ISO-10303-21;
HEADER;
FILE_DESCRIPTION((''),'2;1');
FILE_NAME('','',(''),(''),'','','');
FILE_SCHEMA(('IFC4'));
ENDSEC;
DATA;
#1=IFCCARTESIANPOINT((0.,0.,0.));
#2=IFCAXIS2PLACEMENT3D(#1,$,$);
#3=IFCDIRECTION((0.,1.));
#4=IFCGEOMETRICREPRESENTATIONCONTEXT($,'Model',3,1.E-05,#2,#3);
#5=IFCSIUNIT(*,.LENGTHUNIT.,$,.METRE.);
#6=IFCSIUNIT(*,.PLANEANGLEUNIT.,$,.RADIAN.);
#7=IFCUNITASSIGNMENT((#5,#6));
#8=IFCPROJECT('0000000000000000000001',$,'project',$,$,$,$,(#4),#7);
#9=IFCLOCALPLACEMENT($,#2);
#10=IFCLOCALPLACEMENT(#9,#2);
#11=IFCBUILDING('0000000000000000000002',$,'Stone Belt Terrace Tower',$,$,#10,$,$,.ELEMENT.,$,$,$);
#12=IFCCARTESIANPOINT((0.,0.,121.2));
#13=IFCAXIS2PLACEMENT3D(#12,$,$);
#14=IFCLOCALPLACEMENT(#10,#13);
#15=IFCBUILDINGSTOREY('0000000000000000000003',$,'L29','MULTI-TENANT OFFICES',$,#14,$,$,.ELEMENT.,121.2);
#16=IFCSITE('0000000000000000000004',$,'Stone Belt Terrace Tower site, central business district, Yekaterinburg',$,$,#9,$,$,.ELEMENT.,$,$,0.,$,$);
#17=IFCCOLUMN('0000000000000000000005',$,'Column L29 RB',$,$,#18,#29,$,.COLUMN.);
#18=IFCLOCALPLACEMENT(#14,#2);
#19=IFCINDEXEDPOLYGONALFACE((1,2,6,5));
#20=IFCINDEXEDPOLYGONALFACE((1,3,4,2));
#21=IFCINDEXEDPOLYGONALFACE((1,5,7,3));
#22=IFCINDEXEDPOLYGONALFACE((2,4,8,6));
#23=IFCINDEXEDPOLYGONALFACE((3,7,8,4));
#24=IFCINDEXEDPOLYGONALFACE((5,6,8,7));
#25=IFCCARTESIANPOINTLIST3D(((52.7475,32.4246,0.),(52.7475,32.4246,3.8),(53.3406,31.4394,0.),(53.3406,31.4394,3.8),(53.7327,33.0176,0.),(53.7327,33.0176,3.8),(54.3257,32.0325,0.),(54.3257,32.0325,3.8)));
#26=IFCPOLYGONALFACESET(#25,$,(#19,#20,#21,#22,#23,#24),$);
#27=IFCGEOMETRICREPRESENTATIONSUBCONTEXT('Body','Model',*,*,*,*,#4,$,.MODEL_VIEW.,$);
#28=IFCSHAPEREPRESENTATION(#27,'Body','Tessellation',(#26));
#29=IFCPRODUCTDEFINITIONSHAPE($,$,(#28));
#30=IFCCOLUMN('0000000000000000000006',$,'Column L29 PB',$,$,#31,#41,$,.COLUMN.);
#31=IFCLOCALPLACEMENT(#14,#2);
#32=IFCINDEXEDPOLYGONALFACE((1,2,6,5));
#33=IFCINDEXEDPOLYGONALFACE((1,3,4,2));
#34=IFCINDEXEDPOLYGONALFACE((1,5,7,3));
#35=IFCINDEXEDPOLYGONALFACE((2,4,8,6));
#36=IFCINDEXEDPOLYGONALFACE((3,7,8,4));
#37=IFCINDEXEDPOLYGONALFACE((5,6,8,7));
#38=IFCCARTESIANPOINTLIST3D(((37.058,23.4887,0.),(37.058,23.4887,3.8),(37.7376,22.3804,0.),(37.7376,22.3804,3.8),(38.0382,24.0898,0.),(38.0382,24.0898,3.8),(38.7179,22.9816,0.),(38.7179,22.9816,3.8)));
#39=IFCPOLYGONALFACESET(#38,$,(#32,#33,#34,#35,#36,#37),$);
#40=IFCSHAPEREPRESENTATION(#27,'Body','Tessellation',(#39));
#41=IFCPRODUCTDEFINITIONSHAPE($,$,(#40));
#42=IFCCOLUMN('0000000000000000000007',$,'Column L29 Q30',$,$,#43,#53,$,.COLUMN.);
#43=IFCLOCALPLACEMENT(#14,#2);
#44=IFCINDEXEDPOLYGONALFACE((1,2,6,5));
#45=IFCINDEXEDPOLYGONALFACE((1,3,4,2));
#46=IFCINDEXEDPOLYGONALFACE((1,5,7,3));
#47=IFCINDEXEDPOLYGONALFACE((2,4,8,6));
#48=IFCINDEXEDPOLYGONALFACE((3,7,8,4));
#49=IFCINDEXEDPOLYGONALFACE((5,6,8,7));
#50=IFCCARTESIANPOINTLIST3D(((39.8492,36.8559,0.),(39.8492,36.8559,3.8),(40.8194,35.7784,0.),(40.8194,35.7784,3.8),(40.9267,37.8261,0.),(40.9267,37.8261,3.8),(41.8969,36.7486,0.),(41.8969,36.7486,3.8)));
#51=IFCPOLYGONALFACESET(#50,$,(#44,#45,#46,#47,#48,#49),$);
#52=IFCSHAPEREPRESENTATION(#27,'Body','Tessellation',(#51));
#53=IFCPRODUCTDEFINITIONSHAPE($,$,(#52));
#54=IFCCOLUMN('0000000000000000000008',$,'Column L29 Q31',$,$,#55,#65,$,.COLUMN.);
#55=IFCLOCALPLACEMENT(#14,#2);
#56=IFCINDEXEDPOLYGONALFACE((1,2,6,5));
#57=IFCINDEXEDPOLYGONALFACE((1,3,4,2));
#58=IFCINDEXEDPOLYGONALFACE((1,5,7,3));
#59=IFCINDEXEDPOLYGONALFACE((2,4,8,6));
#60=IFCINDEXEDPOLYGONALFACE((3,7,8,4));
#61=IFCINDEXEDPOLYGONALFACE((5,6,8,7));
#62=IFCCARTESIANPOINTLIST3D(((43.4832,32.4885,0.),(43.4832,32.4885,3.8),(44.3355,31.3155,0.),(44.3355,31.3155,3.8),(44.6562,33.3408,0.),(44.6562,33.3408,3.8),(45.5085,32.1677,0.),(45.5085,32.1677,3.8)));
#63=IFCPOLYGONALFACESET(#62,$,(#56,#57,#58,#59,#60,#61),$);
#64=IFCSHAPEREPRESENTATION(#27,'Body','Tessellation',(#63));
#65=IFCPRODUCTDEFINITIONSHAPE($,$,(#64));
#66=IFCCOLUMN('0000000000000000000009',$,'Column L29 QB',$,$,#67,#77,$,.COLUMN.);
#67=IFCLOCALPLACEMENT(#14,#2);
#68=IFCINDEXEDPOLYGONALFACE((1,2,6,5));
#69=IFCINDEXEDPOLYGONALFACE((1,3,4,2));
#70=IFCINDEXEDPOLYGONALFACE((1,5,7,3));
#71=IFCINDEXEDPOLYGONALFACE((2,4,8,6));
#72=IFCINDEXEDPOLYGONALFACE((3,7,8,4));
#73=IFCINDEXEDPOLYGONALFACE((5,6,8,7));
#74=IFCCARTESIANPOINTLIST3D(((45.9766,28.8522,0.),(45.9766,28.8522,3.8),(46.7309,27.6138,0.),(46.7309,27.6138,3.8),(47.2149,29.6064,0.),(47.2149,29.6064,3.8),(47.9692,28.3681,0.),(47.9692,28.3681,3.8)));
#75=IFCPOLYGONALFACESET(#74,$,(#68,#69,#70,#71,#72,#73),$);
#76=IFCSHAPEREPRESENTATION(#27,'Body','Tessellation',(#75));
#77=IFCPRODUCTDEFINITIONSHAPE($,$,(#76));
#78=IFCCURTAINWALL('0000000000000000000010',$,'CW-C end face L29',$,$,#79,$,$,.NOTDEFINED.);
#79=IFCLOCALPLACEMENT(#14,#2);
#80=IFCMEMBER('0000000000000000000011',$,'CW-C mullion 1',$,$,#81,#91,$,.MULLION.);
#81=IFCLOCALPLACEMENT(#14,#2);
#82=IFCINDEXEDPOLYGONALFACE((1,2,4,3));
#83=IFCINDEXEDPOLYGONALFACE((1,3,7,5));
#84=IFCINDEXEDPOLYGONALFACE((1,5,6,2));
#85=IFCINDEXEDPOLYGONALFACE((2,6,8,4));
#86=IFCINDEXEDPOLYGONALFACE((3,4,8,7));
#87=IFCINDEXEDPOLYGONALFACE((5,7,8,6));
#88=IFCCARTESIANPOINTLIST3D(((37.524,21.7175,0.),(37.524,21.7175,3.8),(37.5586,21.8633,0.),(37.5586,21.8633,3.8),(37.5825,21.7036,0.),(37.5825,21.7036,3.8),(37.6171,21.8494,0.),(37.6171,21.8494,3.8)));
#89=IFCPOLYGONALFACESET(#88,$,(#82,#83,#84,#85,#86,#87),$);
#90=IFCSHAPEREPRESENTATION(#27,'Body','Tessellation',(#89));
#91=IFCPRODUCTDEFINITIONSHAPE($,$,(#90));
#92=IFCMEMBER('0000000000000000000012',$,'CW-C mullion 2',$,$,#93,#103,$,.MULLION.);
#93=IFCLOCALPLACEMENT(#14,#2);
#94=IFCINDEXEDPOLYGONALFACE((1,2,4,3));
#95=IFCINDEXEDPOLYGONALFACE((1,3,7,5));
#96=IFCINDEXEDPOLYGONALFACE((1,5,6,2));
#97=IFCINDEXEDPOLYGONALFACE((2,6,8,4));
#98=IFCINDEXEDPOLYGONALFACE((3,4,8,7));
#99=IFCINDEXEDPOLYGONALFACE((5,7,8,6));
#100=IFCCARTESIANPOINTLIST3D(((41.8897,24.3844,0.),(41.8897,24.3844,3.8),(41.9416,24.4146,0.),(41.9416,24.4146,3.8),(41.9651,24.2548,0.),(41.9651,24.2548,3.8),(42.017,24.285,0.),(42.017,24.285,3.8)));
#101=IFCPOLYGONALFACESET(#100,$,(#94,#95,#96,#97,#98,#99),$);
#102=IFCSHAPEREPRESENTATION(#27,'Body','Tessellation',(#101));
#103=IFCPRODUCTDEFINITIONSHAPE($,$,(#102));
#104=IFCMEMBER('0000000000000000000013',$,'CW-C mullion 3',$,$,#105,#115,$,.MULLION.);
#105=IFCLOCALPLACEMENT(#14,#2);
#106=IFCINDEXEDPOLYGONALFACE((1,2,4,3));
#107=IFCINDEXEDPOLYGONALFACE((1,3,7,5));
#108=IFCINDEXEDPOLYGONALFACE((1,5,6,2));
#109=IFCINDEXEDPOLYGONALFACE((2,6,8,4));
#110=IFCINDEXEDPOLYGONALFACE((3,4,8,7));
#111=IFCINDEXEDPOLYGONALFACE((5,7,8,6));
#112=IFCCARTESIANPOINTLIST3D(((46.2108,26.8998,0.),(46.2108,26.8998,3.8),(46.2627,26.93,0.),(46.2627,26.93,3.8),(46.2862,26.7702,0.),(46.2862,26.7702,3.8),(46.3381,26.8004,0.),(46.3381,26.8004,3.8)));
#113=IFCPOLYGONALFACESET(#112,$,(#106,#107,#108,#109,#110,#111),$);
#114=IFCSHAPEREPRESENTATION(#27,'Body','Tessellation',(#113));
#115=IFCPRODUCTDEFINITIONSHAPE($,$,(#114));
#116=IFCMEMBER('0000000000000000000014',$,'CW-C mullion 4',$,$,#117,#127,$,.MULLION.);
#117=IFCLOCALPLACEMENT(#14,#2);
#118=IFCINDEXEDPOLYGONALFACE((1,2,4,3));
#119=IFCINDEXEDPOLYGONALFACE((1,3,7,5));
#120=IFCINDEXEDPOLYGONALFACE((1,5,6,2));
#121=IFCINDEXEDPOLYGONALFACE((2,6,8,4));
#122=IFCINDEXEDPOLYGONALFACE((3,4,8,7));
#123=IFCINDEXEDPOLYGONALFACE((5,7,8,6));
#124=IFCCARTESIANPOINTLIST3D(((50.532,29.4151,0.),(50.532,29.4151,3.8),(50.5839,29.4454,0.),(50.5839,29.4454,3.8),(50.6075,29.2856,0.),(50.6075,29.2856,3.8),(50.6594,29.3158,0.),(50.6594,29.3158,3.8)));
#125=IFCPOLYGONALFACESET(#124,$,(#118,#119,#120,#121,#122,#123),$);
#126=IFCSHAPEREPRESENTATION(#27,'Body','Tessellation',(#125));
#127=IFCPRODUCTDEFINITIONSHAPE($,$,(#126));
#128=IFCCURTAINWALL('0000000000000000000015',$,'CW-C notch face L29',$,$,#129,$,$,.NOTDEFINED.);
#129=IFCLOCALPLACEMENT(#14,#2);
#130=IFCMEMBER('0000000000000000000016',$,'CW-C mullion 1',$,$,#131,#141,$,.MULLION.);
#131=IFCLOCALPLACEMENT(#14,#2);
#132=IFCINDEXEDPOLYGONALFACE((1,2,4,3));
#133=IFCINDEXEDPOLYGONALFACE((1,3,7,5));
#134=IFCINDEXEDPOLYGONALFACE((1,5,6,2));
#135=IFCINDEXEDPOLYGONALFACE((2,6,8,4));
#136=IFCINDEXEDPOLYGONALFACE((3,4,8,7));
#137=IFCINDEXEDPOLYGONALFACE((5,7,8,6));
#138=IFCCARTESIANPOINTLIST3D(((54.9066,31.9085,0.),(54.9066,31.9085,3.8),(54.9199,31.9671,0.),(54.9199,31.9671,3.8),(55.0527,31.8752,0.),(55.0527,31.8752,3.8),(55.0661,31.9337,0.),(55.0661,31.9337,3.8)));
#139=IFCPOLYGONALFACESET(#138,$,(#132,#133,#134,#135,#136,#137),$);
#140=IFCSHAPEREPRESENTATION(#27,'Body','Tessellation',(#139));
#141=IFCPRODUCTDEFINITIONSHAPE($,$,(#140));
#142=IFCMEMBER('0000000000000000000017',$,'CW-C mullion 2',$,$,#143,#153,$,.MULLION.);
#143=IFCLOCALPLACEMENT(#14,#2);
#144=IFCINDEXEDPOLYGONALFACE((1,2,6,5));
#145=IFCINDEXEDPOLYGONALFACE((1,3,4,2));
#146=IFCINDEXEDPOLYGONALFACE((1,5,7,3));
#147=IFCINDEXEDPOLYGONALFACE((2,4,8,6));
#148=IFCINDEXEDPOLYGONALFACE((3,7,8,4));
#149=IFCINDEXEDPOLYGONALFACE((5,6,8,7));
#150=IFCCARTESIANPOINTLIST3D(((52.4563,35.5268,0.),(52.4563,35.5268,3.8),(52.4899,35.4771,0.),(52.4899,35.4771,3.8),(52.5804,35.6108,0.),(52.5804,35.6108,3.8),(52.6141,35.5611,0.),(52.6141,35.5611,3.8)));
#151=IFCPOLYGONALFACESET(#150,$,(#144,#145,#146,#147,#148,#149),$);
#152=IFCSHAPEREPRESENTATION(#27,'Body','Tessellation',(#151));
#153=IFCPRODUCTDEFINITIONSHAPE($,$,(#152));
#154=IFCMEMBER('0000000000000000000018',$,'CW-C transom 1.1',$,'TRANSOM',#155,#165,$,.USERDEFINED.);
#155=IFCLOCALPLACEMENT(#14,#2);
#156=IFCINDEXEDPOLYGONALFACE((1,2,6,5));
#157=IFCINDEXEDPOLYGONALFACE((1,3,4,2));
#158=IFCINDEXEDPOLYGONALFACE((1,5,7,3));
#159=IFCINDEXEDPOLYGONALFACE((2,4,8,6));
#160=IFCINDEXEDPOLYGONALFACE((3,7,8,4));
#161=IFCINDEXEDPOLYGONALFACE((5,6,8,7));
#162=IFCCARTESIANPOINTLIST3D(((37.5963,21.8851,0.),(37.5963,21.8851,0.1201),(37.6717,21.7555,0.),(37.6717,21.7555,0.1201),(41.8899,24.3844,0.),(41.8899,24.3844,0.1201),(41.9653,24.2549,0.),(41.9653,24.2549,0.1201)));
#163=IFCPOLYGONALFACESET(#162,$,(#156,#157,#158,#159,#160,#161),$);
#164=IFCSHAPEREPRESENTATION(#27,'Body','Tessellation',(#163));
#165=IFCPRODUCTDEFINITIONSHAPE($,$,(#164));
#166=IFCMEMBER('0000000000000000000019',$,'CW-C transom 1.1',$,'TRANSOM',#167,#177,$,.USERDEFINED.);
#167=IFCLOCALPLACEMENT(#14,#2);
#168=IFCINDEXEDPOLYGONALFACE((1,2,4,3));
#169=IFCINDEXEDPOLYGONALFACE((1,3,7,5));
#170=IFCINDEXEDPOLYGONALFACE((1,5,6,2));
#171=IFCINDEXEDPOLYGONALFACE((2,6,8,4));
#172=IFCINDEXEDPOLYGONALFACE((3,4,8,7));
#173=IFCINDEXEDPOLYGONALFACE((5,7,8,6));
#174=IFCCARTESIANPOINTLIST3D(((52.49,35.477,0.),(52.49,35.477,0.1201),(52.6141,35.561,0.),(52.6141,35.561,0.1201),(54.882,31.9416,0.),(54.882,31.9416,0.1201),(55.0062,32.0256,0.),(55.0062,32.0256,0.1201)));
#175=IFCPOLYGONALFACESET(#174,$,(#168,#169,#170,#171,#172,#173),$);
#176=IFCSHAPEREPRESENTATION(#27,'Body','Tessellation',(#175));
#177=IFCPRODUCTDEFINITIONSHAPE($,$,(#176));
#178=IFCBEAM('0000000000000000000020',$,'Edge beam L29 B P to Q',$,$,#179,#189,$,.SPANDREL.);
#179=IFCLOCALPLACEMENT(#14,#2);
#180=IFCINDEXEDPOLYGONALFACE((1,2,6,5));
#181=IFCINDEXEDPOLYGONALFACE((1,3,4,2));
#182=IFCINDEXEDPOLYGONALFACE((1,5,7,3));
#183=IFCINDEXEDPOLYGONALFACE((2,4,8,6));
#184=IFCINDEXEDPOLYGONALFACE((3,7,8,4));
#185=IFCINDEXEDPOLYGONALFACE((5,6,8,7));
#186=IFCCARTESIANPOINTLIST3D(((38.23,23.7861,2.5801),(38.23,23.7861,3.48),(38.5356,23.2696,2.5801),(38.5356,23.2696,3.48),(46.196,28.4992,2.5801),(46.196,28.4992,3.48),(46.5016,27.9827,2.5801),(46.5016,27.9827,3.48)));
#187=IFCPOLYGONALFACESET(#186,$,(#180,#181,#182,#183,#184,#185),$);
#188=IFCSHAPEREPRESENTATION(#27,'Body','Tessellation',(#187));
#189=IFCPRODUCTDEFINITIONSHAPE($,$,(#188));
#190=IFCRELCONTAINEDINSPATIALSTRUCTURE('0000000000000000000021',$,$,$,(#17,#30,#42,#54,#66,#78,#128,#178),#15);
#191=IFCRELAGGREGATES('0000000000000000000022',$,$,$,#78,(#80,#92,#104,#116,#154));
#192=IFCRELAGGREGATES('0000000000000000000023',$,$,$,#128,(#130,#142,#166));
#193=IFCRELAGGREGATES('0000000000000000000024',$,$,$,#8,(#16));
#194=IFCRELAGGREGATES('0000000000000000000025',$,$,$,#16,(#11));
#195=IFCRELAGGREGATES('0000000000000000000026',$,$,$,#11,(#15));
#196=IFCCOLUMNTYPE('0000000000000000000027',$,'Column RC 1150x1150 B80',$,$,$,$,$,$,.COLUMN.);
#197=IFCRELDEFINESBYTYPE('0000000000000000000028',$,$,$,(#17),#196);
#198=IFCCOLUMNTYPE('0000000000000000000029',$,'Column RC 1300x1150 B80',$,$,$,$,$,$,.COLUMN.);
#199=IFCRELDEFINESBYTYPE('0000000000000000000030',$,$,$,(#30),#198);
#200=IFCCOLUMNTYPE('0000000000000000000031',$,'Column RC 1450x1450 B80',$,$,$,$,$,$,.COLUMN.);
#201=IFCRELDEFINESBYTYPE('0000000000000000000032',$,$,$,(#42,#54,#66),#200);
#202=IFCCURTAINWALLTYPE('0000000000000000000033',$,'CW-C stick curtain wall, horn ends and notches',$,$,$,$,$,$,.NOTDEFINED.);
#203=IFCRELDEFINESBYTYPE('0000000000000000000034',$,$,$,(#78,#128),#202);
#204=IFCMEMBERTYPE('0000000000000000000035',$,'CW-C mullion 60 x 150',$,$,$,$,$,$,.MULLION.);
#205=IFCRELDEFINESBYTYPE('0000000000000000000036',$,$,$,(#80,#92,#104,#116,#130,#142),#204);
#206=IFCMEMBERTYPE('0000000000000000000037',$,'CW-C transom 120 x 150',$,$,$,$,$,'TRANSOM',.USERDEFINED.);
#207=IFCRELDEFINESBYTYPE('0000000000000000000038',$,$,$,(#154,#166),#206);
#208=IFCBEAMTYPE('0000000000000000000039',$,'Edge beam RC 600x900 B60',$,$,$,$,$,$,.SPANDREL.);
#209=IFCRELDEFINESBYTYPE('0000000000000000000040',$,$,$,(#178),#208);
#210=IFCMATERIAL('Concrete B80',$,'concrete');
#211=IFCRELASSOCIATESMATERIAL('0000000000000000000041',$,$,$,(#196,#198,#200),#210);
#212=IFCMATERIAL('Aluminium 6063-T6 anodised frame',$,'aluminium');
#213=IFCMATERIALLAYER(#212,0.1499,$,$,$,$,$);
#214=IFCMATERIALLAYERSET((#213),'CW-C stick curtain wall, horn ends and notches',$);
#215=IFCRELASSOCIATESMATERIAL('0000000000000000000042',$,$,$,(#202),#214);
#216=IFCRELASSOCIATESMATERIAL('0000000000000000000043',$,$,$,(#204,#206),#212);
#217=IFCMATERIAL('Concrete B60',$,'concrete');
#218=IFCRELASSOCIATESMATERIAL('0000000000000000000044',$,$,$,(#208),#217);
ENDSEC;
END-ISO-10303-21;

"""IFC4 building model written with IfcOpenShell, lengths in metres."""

from ifc_helpers import new_model, si_unit, direction, frame, origin, origin_2d, place, context, subcontext, project, spatial, rectangle, extrude, material, layer, layer_set, material_profile, profile_set, type_object, element, aggregate, save


model = new_model("IFC4")

# Units and contexts
model_context = context("Model", 3, precision=1e-05, world=origin(), true_north=direction((0.0, 1.0)))
body_context = subcontext(model_context, "Body", "Model", "MODEL_VIEW")
ifc_project = project(units=[si_unit("LENGTHUNIT", "METRE"), si_unit("PLANEANGLEUNIT", "RADIAN")], contexts=[model_context])

# Site, building, storey
site_placement = place(None, origin())
site = spatial("IfcSite", under=ifc_project, at=site_placement, Name="Stone Belt Terrace Tower site, central business district, Yekaterinburg", CompositionType="ELEMENT", RefElevation=0.0)
building_placement = place(site_placement, origin())
building = spatial("IfcBuilding", under=site, at=building_placement, Name="Stone Belt Terrace Tower", CompositionType="ELEMENT")
storey_placement = place(building_placement, frame((0.0, 0.0, 121.2)))
storey = spatial("IfcBuildingStorey", under=building, at=storey_placement, Name="L29", Description="MULTI-TENANT OFFICES", CompositionType="ELEMENT", Elevation=121.2)

# Columns
ifc_material_1 = material(Name="Concrete B80", Category="concrete")
ifc_material_profile_1 = material_profile(ifc_material_1, rectangle(XDim=1.1499, YDim=1.1499, at=origin_2d()), Name="RC 1150x1150")
ifc_profile_set_1 = profile_set([ifc_material_profile_1], Name="Concrete B80")
column_type_1 = type_object("IfcColumnType", Name="Column RC 1150x1150 B80", PredefinedType="COLUMN", material=ifc_profile_set_1)
column_1_placement = place(storey_placement, frame((53.5366, 32.2285, 0.0), z_axis=(0.0, 0.0, 1.0), x_axis=(0.51575, -0.856739, 0.0)))
element("IfcColumn", 1, at=column_1_placement, inside=storey, type_object=column_type_1, Name="Column L29 RB", PredefinedType="COLUMN", context=body_context, shape_type="SweptSolid", body=[
    extrude(rectangle(XDim=1.1499, YDim=1.1499, at=origin_2d()), origin(), (0.0, 0.0, 1.0), 3.8),
])
ifc_material_profile_2 = material_profile(ifc_material_1, rectangle(XDim=1.3, YDim=1.1499, at=origin_2d()), Name="RC 1300x1150")
ifc_profile_set_2 = profile_set([ifc_material_profile_2], Name="Concrete B80")
column_type_2 = type_object("IfcColumnType", Name="Column RC 1300x1150 B80", PredefinedType="COLUMN", material=ifc_profile_set_2)
column_2_placement = place(storey_placement, frame((37.8879, 23.2351, 0.0), z_axis=(0.0, 0.0, 1.0), x_axis=(0.522781, -0.852467, 0.0)))
element("IfcColumn", 2, at=column_2_placement, inside=storey, type_object=column_type_2, Name="Column L29 PB", PredefinedType="COLUMN", context=body_context, shape_type="SweptSolid", body=[
    extrude(rectangle(XDim=1.3, YDim=1.1499, at=origin_2d()), origin(), (0.0, 0.0, 1.0), 3.8),
])
ifc_material_profile_3 = material_profile(ifc_material_1, rectangle(XDim=1.45, YDim=1.45, at=origin_2d()), Name="RC 1450x1450")
ifc_profile_set_3 = profile_set([ifc_material_profile_3], Name="Concrete B80")
column_type_3 = type_object("IfcColumnType", Name="Column RC 1450x1450 B80", PredefinedType="COLUMN", material=ifc_profile_set_3)
for number, where, z_axis, x_axis, name in (
    (3, (40.873, 36.8022, 0.0), (0.0, 0.0, 1.0), (0.669131, -0.743145, 0.0), "Column L29 Q30"),
    (4, (44.4958, 32.3281, 0.0), (0.0, 0.0, 1.0), (0.587785, -0.809017, 0.0), "Column L29 Q31"),
    (5, (46.9729, 28.6101, 0.0), (0.0, 0.0, 1.0), (0.520186, -0.854053, 0.0), "Column L29 QB"),
):
    element("IfcColumn", number, at=place(storey_placement, frame(where, z_axis=z_axis, x_axis=x_axis)), inside=storey, type_object=column_type_3, Name=name, PredefinedType="COLUMN", context=body_context, shape_type="SweptSolid", body=[
        extrude(rectangle(XDim=1.45, YDim=1.45, at=origin_2d()), origin(), (0.0, 0.0, 1.0), 3.8),
    ])

# Curtain walls, members
ifc_material_2 = material(Name="Aluminium 6063-T6 anodised frame", Category="aluminium")
ifc_layer_1 = layer(ifc_material_2, 0.1499)
ifc_layer_set_1 = layer_set([ifc_layer_1], Name="CW-C stick curtain wall, horn ends and notches")
curtain_wall_type_1 = type_object("IfcCurtainWallType", Name="CW-C stick curtain wall, horn ends and notches", PredefinedType="NOTDEFINED", material=ifc_layer_set_1)
curtain_wall_1_placement = place(storey_placement, origin())
curtain_wall_1 = element("IfcCurtainWall", 6, at=curtain_wall_1_placement, inside=storey, type_object=curtain_wall_type_1, Name="CW-C end face L29", PredefinedType="NOTDEFINED")
ifc_material_profile_4 = material_profile(ifc_material_2, rectangle(XDim=0.1499, YDim=0.0601, at=origin_2d()), Name="Aluminium 6063-T6 60x150")
ifc_profile_set_4 = profile_set([ifc_material_profile_4], Name="Aluminium 6063-T6 anodised frame")
member_type_1 = type_object("IfcMemberType", Name="CW-C mullion 60 x 150", PredefinedType="MULLION", material=ifc_profile_set_4)
member_1_placement = place(storey_placement, frame((37.5706, 21.7834, 0.0), z_axis=(0.0, 0.0, 1.0), x_axis=(0.230847, 0.97299, 0.0)))
member_1 = element("IfcMember", 7, at=member_1_placement, type_object=member_type_1, Name="CW-C mullion 1", PredefinedType="MULLION", context=body_context, shape_type="SweptSolid", body=[
    extrude(rectangle(XDim=0.1499, YDim=0.0601, at=origin_2d()), origin(), (0.0, 0.0, 1.0), 3.8),
])
member_2_placement = place(storey_placement, frame((41.9534, 24.3347, 0.0), z_axis=(0.0, 0.0, 1.0), x_axis=(-0.503081, 0.864239, 0.0)))
member_2 = element("IfcMember", 8, at=member_2_placement, type_object=member_type_1, Name="CW-C mullion 2", PredefinedType="MULLION", context=body_context, shape_type="SweptSolid", body=[
    extrude(rectangle(XDim=0.1499, YDim=0.0601, at=origin_2d()), origin(), (0.0, 0.0, 1.0), 3.8),
])
member_3_placement = place(storey_placement, frame((46.2744, 26.8501, 0.0), z_axis=(0.0, 0.0, 1.0), x_axis=(-0.503081, 0.864239, 0.0)))
member_3 = element("IfcMember", 9, at=member_3_placement, type_object=member_type_1, Name="CW-C mullion 3", PredefinedType="MULLION", context=body_context, shape_type="SweptSolid", body=[
    extrude(rectangle(XDim=0.1499, YDim=0.0601, at=origin_2d()), origin(), (0.0, 0.0, 1.0), 3.8),
])
member_4_placement = place(storey_placement, frame((50.5957, 29.3655, 0.0), z_axis=(0.0, 0.0, 1.0), x_axis=(-0.503081, 0.864239, 0.0)))
member_4 = element("IfcMember", 10, at=member_4_placement, type_object=member_type_1, Name="CW-C mullion 4", PredefinedType="MULLION", context=body_context, shape_type="SweptSolid", body=[
    extrude(rectangle(XDim=0.1499, YDim=0.0601, at=origin_2d()), origin(), (0.0, 0.0, 1.0), 3.8),
])
curtain_wall_2_placement = place(storey_placement, origin())
curtain_wall_2 = element("IfcCurtainWall", 11, at=curtain_wall_2_placement, inside=storey, type_object=curtain_wall_type_1, Name="CW-C notch face L29", PredefinedType="NOTDEFINED")
member_5_placement = place(storey_placement, frame((54.9863, 31.9211, 0.0), z_axis=(0.0, 0.0, 1.0), x_axis=(-0.974927, 0.222525, 0.0)))
member_5 = element("IfcMember", 12, at=member_5_placement, type_object=member_type_1, Name="CW-C mullion 1", PredefinedType="MULLION", context=body_context, shape_type="SweptSolid", body=[
    extrude(rectangle(XDim=0.1499, YDim=0.0601, at=origin_2d()), origin(), (0.0, 0.0, 1.0), 3.8),
])
member_6_placement = place(storey_placement, frame((52.5352, 35.5439, 0.0), z_axis=(0.0, 0.0, 1.0), x_axis=(-0.828244, -0.560367, 0.0)))
member_6 = element("IfcMember", 13, at=member_6_placement, type_object=member_type_1, Name="CW-C mullion 2", PredefinedType="MULLION", context=body_context, shape_type="SweptSolid", body=[
    extrude(rectangle(XDim=0.1499, YDim=0.0601, at=origin_2d()), origin(), (0.0, 0.0, 1.0), 3.8),
])

# Members
ifc_material_profile_5 = material_profile(ifc_material_2, rectangle(XDim=0.1499, YDim=0.1201, at=origin_2d()), Name="Aluminium 6063-T6 150x120")
ifc_profile_set_5 = profile_set([ifc_material_profile_5], Name="Aluminium 6063-T6 anodised frame")
member_type_2 = type_object("IfcMemberType", Name="CW-C transom 120 x 150", ElementType="TRANSOM", PredefinedType="USERDEFINED", material=ifc_profile_set_5)
member_7_placement = place(storey_placement, frame((37.634, 21.8203, 0.0601), z_axis=(0.864238, 0.503082, 0.0), x_axis=(-0.503082, 0.864238, 0.0)))
member_7 = element("IfcMember", 14, at=member_7_placement, type_object=member_type_2, Name="CW-C transom 1.1", ObjectType="TRANSOM", PredefinedType="USERDEFINED", context=body_context, shape_type="SweptSolid", body=[
    extrude(rectangle(XDim=0.1499, YDim=0.1201, at=origin_2d()), origin(), (0.0, 0.0, 1.0), 4.968),
])
member_8_placement = place(storey_placement, frame((54.9441, 31.9836, 0.0601), z_axis=(-0.560389, 0.82823, 0.0), x_axis=(-0.82823, -0.560389, 0.0)))
member_8 = element("IfcMember", 15, at=member_8_placement, type_object=member_type_2, Name="CW-C transom 1.1", ObjectType="TRANSOM", PredefinedType="USERDEFINED", context=body_context, shape_type="SweptSolid", body=[
    extrude(rectangle(XDim=0.1499, YDim=0.1201, at=origin_2d()), origin(), (0.0, 0.0, 1.0), 4.2686),
])

# Beam
ifc_material_3 = material(Name="Concrete B60", Category="concrete")
ifc_material_profile_6 = material_profile(ifc_material_3, rectangle(XDim=0.6001, YDim=0.8999, at=origin_2d()), Name="RC 600x900")
ifc_profile_set_6 = profile_set([ifc_material_profile_6], Name="Concrete B60")
beam_type = type_object("IfcBeamType", Name="Edge beam RC 600x900 B60", PredefinedType="SPANDREL", material=ifc_profile_set_6)
beam_1_placement = place(storey_placement, frame((38.3828, 23.5278, 3.03), z_axis=(0.860647, 0.509203, 0.0), x_axis=(-0.509203, 0.860647, 0.0)))
element("IfcBeam", 16, at=beam_1_placement, inside=storey, type_object=beam_type, Name="Edge beam L29 B P to Q", PredefinedType="SPANDREL", context=body_context, shape_type="SweptSolid", body=[
    extrude(rectangle(XDim=0.6001, YDim=0.8999, at=origin_2d()), origin(), (0.0, 0.0, 1.0), 9.2559),
])

aggregate(curtain_wall_1, [member_1, member_2, member_3, member_4, member_7])
aggregate(curtain_wall_2, [member_5, member_6, member_8])

save(model, "model.ifc")
